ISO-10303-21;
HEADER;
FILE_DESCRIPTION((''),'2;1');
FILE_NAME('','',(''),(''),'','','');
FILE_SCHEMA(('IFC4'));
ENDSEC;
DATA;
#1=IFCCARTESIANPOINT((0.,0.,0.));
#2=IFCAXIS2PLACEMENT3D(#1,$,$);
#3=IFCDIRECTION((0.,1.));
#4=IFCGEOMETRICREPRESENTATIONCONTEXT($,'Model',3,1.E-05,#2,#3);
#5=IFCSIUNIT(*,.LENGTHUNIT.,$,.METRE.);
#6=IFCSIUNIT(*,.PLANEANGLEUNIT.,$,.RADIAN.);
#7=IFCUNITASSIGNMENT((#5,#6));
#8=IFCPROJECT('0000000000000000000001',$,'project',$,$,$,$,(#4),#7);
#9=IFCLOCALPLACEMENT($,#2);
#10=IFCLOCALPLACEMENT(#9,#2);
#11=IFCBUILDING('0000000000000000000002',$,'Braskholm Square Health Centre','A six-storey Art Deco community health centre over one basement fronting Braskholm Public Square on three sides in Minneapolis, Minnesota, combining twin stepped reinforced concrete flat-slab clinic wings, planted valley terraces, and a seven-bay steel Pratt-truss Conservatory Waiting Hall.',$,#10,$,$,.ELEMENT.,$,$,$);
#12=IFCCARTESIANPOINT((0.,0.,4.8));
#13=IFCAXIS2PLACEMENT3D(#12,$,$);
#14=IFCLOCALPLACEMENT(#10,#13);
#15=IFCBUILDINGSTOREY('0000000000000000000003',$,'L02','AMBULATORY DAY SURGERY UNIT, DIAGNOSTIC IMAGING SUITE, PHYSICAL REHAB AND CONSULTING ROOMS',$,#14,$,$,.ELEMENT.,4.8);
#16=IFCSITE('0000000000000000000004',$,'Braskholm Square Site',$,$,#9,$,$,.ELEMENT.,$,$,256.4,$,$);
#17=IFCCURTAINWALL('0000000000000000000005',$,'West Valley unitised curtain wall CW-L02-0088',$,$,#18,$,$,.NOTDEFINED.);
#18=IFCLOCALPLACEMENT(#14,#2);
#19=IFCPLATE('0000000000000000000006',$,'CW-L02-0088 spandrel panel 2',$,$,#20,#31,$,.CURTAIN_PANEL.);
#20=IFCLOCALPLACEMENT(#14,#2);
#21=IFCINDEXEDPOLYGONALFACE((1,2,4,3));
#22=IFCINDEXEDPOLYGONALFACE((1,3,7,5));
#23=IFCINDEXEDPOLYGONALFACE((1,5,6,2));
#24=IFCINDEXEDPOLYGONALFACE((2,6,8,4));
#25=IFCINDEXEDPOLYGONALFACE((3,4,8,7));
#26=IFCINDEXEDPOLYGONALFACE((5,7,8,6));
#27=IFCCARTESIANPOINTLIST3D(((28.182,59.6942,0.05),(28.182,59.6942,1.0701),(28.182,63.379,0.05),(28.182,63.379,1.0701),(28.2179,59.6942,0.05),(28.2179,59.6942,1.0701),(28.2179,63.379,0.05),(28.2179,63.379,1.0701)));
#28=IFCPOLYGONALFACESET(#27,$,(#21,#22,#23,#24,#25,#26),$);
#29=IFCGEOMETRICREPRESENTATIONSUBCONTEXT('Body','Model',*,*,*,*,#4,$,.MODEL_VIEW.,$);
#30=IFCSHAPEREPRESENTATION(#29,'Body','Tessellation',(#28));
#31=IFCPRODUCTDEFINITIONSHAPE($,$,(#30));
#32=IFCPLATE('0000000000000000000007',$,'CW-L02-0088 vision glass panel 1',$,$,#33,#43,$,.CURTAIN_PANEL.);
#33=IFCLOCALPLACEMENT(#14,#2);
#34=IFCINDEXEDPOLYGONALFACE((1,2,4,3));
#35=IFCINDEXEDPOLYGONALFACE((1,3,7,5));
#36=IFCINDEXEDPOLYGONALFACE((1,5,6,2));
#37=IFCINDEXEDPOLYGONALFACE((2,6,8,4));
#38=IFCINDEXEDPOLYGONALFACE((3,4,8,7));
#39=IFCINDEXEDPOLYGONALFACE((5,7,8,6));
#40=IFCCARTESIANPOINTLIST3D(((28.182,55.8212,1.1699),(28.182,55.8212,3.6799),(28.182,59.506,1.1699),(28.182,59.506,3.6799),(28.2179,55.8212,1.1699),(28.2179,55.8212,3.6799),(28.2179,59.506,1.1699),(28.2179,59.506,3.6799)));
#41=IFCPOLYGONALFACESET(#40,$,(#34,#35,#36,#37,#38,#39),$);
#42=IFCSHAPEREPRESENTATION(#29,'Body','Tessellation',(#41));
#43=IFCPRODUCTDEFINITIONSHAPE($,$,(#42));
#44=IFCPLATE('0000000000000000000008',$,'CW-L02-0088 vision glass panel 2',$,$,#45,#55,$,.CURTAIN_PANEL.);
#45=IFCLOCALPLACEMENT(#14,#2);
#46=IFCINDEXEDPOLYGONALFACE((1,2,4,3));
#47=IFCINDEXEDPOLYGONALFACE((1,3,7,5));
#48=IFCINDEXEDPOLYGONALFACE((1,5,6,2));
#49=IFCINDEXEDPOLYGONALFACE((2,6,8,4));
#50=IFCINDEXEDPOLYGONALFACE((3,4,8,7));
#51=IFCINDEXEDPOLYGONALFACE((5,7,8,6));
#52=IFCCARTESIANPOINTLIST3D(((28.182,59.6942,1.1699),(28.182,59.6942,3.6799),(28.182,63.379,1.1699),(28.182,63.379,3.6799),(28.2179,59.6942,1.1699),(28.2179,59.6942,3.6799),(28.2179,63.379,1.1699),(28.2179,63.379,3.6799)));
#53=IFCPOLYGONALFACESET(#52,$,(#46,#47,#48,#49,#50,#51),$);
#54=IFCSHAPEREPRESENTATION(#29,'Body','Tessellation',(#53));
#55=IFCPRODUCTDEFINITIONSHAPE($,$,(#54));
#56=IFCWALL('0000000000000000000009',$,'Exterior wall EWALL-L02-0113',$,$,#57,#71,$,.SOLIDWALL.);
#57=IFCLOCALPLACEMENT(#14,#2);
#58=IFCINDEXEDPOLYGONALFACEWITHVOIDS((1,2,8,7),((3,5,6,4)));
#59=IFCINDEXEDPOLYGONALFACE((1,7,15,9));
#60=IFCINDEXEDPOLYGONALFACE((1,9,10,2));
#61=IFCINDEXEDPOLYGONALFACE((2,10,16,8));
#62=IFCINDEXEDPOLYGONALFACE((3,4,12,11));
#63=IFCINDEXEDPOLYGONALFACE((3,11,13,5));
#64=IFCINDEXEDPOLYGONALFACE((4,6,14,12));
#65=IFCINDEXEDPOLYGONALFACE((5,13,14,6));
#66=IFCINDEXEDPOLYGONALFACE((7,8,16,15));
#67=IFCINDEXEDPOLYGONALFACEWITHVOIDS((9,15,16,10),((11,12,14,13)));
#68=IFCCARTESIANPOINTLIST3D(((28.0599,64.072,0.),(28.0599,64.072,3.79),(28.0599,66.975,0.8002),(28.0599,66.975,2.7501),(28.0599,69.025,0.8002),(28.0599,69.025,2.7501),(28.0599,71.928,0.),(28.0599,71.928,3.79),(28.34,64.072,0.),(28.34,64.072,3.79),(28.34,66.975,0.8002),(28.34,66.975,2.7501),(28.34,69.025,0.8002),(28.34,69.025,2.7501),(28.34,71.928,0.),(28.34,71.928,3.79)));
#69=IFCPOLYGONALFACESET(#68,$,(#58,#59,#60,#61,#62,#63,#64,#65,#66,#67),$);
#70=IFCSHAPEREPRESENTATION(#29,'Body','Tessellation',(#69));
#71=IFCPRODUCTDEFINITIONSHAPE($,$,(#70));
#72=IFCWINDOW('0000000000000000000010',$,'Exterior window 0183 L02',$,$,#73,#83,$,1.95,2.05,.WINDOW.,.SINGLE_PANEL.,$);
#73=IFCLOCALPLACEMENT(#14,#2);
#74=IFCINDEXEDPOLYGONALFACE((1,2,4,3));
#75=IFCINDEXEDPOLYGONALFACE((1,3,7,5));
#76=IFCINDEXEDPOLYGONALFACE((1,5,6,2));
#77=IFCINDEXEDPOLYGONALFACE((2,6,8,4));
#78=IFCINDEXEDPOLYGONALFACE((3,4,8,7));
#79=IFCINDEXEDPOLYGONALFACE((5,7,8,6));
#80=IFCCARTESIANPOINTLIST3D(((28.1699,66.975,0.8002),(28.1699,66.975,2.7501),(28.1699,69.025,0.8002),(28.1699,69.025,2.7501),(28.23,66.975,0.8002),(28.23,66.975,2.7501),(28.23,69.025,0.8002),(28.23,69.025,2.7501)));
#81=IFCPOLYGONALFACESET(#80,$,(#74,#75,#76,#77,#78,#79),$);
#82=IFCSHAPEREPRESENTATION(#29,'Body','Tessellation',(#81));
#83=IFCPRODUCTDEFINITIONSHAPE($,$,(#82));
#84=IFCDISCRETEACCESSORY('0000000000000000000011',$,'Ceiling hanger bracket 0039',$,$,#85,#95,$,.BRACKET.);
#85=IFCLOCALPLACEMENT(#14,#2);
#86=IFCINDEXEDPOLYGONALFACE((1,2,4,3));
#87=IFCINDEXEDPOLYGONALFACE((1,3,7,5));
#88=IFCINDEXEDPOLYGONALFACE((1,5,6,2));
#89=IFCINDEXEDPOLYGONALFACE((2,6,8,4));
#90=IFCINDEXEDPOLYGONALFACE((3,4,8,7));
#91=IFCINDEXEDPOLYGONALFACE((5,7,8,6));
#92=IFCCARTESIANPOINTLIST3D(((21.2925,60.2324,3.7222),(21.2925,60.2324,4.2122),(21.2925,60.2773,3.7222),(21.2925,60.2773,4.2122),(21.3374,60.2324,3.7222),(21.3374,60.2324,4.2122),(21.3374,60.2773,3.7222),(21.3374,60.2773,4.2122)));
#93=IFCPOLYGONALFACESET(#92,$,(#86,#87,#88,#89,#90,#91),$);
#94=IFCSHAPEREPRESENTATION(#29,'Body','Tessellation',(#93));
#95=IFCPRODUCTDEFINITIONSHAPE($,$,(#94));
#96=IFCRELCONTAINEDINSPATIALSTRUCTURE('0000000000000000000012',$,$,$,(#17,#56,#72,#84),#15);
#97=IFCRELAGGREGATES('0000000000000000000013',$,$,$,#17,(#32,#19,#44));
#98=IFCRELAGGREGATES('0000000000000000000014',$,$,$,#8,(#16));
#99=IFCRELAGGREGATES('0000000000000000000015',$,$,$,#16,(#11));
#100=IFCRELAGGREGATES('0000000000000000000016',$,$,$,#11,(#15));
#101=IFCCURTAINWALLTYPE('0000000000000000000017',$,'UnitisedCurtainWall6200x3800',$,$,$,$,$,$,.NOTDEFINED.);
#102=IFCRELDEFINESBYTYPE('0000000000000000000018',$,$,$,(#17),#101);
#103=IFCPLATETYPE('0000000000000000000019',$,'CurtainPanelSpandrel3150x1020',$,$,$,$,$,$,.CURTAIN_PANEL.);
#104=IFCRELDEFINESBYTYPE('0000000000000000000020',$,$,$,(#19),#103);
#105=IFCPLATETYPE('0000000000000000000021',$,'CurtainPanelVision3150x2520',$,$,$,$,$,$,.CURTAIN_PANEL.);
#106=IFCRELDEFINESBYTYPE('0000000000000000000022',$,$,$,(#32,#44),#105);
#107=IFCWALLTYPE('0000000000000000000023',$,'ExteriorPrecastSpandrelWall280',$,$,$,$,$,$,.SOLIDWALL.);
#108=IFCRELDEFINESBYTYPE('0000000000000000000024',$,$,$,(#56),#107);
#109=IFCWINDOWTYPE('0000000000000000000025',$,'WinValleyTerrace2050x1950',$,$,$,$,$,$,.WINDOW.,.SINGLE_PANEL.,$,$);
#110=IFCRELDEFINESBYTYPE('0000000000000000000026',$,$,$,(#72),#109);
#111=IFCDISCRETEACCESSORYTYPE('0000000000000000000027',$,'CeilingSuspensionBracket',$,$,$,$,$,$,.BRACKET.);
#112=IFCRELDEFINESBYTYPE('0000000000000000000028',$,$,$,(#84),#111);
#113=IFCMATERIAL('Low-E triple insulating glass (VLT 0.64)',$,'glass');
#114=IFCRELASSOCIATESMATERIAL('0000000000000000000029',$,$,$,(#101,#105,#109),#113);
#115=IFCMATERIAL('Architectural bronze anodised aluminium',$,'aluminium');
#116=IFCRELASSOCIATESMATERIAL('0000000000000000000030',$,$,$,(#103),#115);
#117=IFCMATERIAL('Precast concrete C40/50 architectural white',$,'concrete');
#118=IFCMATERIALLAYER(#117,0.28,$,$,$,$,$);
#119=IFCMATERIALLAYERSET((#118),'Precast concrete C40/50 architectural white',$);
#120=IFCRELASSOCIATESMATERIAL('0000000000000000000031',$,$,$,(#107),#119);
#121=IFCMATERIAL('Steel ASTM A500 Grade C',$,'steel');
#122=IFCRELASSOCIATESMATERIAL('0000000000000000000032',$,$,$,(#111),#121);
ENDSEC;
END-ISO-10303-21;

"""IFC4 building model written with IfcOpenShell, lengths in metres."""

from ifc_helpers import new_model, si_unit, direction, frame, frame_2d, origin, origin_with_axes, origin_2d, place, context, subcontext, project, spatial, rectangle, extrude, material, layer, layer_set, type_object, element, fill, aggregate, save


model = new_model("IFC4")

# Units and contexts
model_context = context("Model", 3, precision=1e-05, world=origin(), true_north=direction((0.0, 1.0)))
body_context = subcontext(model_context, "Body", "Model", "MODEL_VIEW")
ifc_project = project(units=[si_unit("LENGTHUNIT", "METRE"), si_unit("PLANEANGLEUNIT", "RADIAN")], contexts=[model_context])

# Site, building, storey
site_placement = place(None, origin())
site = spatial("IfcSite", under=ifc_project, at=site_placement, Name="Braskholm Square Site", CompositionType="ELEMENT", RefElevation=256.4)
building_placement = place(site_placement, origin())
building = spatial("IfcBuilding", under=site, at=building_placement, Name="Braskholm Square Health Centre", Description="A six-storey Art Deco community health centre over one basement fronting Braskholm Public Square on three sides in Minneapolis, Minnesota, combining twin stepped reinforced concrete flat-slab clinic wings, planted valley terraces, and a seven-bay steel Pratt-truss Conservatory Waiting Hall.", CompositionType="ELEMENT")
storey_placement = place(building_placement, frame((0.0, 0.0, 4.8)))
storey = spatial("IfcBuildingStorey", under=building, at=storey_placement, Name="L02", Description="AMBULATORY DAY SURGERY UNIT, DIAGNOSTIC IMAGING SUITE, PHYSICAL REHAB AND CONSULTING ROOMS", CompositionType="ELEMENT", Elevation=4.8)

# Shared definitions
ifc_material_1 = material(Name="Precast concrete C40/50 architectural white", Category="concrete")

# Curtain wall
ifc_material_2 = material(Name="Low-E triple insulating glass (VLT 0.64)", Category="glass")
curtain_wall_type_1 = type_object("IfcCurtainWallType", Name="UnitisedCurtainWall6200x3800", PredefinedType="NOTDEFINED", material=ifc_material_2)
curtain_wall_1_placement = place(storey_placement, origin())
curtain_wall_1 = element("IfcCurtainWall", 1, at=curtain_wall_1_placement, inside=storey, type_object=curtain_wall_type_1, Name="West Valley unitised curtain wall CW-L02-0088", PredefinedType="NOTDEFINED")
ifc_material_3 = material(Name="Architectural bronze anodised aluminium", Category="aluminium")

# Plates
plate_type_1 = type_object("IfcPlateType", Name="CurtainPanelSpandrel3150x1020", PredefinedType="CURTAIN_PANEL", material=ifc_material_3)
plate_1_placement = place(storey_placement, frame((28.2, 61.5366, 0.05), z_axis=(0.0, 0.0, 1.0), x_axis=(0.0, 1.0, 0.0)))
plate_1 = element("IfcPlate", 2, at=plate_1_placement, type_object=plate_type_1, Name="CW-L02-0088 spandrel panel 2", PredefinedType="CURTAIN_PANEL", context=body_context, shape_type="SweptSolid", body=[
    extrude(rectangle(XDim=3.6848, YDim=0.0359, at=origin_2d()), origin(), (0.0, 0.0, 1.0), 1.02),
])
plate_type_2 = type_object("IfcPlateType", Name="CurtainPanelVision3150x2520", PredefinedType="CURTAIN_PANEL", material=ifc_material_2)
plate_2_placement = place(storey_placement, frame((28.2, 57.6636, 1.1699), z_axis=(0.0, 0.0, 1.0), x_axis=(0.0, 1.0, 0.0)))
plate_2 = element("IfcPlate", 3, at=plate_2_placement, type_object=plate_type_2, Name="CW-L02-0088 vision glass panel 1", PredefinedType="CURTAIN_PANEL", context=body_context, shape_type="SweptSolid", body=[
    extrude(rectangle(XDim=3.6848, YDim=0.0359, at=origin_2d()), origin(), (0.0, 0.0, 1.0), 2.51),
])
plate_3_placement = place(storey_placement, frame((28.2, 61.5366, 1.1699), z_axis=(0.0, 0.0, 1.0), x_axis=(0.0, 1.0, 0.0)))
plate_3 = element("IfcPlate", 4, at=plate_3_placement, type_object=plate_type_2, Name="CW-L02-0088 vision glass panel 2", PredefinedType="CURTAIN_PANEL", context=body_context, shape_type="SweptSolid", body=[
    extrude(rectangle(XDim=3.6848, YDim=0.0359, at=origin_2d()), origin(), (0.0, 0.0, 1.0), 2.51),
])
aggregate(curtain_wall_1, [plate_2, plate_1, plate_3])

# Wall, opening, window
ifc_layer = layer(ifc_material_1, 0.28)
ifc_layer_set = layer_set([ifc_layer], Name="Precast concrete C40/50 architectural white")
wall_type = type_object("IfcWallType", Name="ExteriorPrecastSpandrelWall280", PredefinedType="SOLIDWALL", material=ifc_layer_set)
wall_placement = place(storey_placement, frame((28.2, 64.072, 0.0), z_axis=(0.0, 0.0, 1.0), x_axis=(0.0, 1.0, 0.0)))
wall = element("IfcWall", 5, at=wall_placement, inside=storey, type_object=wall_type, Name="Exterior wall EWALL-L02-0113", PredefinedType="SOLIDWALL", context=body_context, shape_type="SweptSolid", body=[
    extrude(rectangle(XDim=7.856, YDim=0.28, at=frame_2d((3.928, 0.0))), origin(), (0.0, 0.0, 1.0), 3.79),
])
opening_placement = place(wall_placement, frame((2.9031, 0.0, 0.8)))
opening = element("IfcOpeningElement", 6, at=opening_placement, cuts=wall, PredefinedType="OPENING", context=body_context, shape_type="SweptSolid", body=[
    extrude(rectangle(XDim=2.05, YDim=1.95, at=frame_2d((1.0249, 0.9751))), frame((0.0, 0.1499, 0.0), z_axis=(0.0, -1.0, 0.0), x_axis=(1.0, 0.0, 0.0)), (0.0, 0.0, 1.0), 0.3),
])
window_type = type_object("IfcWindowType", Name="WinValleyTerrace2050x1950", PartitioningType="SINGLE_PANEL", PredefinedType="WINDOW", material=ifc_material_2)
window_placement = place(opening_placement, origin_with_axes())
window = element("IfcWindow", 7, at=window_placement, inside=storey, type_object=window_type, Name="Exterior window 0183 L02", OverallHeight=1.95, OverallWidth=2.05, PartitioningType="SINGLE_PANEL", PredefinedType="WINDOW", context=body_context, shape_type="SweptSolid", body=[
    extrude(rectangle(XDim=2.05, YDim=1.95, at=frame_2d((1.0249, 0.9751))), frame((0.0, 0.03, 0.0), z_axis=(0.0, -1.0, 0.0), x_axis=(1.0, 0.0, 0.0)), (0.0, 0.0, 1.0), 0.0601),
])
fill(opening, window)

# Discrete accessory
ifc_material_4 = material(Name="Steel ASTM A500 Grade C", Category="steel")
discrete_accessory_type = type_object("IfcDiscreteAccessoryType", Name="CeilingSuspensionBracket", PredefinedType="BRACKET", material=ifc_material_4)
discrete_accessory_placement = place(storey_placement, frame((21.3149, 60.2549, 3.7222), z_axis=(0.0, 0.0, 1.0), x_axis=(1.0, 0.0, 0.0)))
element("IfcDiscreteAccessory", 8, at=discrete_accessory_placement, inside=storey, type_object=discrete_accessory_type, Name="Ceiling hanger bracket 0039", PredefinedType="BRACKET", context=body_context, shape_type="SweptSolid", body=[
    extrude(rectangle(XDim=0.0449, YDim=0.0449, at=origin_2d()), origin(), (0.0, 0.0, 1.0), 0.49),
])

save(model, "model.ifc")
